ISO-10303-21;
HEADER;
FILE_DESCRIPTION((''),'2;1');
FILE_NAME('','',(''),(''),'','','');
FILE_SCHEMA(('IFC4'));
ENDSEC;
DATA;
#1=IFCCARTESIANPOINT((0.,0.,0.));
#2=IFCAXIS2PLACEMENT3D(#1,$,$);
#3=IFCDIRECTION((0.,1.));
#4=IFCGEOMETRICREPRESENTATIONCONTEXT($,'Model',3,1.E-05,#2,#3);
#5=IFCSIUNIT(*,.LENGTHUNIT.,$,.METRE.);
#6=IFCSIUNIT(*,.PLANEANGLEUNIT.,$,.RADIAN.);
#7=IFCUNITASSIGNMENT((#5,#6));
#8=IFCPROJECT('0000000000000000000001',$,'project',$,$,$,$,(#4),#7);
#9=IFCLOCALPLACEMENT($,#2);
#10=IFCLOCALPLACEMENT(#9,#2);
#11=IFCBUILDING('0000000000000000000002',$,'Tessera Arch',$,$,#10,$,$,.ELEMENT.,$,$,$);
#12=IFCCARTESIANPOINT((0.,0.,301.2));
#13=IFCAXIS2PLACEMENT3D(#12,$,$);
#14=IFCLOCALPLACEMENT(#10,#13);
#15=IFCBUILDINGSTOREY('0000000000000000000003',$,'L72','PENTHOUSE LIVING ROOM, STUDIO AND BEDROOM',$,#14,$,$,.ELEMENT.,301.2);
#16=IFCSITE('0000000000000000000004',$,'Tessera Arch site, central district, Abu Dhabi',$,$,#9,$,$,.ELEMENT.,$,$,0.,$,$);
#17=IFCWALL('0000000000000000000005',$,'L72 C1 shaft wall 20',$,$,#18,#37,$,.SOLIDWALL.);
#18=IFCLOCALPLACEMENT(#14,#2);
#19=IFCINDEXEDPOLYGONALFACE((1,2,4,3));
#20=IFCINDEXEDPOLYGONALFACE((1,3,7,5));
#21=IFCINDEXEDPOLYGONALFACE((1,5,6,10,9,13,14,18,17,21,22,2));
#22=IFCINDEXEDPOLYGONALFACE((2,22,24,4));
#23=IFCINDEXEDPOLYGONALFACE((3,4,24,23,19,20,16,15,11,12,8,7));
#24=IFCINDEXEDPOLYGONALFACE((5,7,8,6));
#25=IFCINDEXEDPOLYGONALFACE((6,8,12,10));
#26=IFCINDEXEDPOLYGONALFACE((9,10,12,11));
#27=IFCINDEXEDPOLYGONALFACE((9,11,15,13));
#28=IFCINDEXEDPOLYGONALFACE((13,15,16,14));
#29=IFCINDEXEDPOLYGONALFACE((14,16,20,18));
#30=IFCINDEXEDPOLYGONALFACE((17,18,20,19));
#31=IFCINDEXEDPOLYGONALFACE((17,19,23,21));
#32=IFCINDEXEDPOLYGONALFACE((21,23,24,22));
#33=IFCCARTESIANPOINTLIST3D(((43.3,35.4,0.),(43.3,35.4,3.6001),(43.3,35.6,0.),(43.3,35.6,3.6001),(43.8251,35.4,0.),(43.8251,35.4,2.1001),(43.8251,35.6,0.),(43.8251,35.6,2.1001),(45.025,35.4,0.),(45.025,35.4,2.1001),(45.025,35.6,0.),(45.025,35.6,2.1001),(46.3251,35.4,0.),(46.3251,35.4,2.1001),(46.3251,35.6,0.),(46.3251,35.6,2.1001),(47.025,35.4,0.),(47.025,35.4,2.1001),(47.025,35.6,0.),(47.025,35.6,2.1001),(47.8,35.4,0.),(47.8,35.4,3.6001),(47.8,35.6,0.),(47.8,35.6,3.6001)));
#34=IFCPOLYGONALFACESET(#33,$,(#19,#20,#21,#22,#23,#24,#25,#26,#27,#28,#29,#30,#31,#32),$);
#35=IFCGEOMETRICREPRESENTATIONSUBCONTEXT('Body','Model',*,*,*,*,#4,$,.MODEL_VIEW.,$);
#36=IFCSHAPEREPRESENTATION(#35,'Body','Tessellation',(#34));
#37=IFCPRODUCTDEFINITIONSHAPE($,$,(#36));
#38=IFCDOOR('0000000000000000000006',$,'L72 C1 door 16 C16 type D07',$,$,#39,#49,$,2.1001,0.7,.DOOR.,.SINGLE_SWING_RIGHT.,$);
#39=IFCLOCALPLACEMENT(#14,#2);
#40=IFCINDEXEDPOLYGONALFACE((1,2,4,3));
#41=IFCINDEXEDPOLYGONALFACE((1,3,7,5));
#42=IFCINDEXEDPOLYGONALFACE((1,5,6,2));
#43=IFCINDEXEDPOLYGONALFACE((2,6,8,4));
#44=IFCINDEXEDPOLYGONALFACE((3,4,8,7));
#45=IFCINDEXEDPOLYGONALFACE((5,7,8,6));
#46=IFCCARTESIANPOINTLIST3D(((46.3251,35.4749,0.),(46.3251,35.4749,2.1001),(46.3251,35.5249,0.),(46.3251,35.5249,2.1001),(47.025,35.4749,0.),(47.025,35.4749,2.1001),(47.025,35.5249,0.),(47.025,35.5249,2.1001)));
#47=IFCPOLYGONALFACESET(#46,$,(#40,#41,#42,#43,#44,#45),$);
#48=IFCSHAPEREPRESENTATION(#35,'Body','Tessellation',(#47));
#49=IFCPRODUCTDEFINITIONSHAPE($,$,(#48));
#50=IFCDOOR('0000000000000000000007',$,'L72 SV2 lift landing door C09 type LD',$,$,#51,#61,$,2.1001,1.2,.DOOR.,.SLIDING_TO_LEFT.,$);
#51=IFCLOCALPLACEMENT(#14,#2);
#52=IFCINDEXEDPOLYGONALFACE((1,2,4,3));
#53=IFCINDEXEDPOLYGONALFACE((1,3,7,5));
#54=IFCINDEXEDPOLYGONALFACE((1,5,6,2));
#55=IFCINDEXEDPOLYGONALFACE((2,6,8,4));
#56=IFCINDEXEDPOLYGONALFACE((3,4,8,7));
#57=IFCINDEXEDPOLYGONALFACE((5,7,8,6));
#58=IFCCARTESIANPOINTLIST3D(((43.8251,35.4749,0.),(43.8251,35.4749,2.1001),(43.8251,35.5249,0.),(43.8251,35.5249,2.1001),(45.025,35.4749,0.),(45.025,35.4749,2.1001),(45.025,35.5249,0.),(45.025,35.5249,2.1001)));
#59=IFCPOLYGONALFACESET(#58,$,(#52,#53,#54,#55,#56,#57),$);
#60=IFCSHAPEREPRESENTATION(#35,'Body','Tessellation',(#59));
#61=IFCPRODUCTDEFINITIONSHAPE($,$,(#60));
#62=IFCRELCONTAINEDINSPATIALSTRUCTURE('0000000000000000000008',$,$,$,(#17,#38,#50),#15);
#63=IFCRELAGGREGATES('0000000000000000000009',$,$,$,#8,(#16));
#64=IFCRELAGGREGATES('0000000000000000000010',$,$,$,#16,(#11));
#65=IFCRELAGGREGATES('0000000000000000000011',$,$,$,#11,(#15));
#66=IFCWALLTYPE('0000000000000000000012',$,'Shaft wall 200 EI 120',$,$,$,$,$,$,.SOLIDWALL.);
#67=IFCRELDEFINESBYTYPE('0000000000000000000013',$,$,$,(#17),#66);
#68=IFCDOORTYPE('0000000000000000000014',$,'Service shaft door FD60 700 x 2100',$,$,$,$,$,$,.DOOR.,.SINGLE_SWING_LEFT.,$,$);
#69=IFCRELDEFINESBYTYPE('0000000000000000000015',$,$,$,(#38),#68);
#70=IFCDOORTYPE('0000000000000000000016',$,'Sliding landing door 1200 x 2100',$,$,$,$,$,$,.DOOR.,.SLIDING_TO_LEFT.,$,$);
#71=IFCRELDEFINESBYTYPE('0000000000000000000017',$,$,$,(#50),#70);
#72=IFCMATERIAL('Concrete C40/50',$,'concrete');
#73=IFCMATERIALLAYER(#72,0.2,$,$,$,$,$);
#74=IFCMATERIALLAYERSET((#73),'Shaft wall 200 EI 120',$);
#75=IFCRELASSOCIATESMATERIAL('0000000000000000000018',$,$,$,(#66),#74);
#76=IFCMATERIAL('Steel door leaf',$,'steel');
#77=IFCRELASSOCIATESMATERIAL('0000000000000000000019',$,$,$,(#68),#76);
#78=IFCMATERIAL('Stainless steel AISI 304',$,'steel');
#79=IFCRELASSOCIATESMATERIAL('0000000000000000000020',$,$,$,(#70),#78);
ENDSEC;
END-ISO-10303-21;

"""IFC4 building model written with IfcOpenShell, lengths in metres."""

from ifc_helpers import new_model, si_unit, direction, frame, frame_2d, origin, place, context, subcontext, project, spatial, rectangle, extrude, material, layer, layer_set, type_object, element, fill, save


model = new_model("IFC4")

# Units and contexts
model_context = context("Model", 3, precision=1e-05, world=origin(), true_north=direction((0.0, 1.0)))
body_context = subcontext(model_context, "Body", "Model", "MODEL_VIEW")
ifc_project = project(units=[si_unit("LENGTHUNIT", "METRE"), si_unit("PLANEANGLEUNIT", "RADIAN")], contexts=[model_context])

# Site, building, storey
site_placement = place(None, origin())
site = spatial("IfcSite", under=ifc_project, at=site_placement, Name="Tessera Arch site, central district, Abu Dhabi", CompositionType="ELEMENT", RefElevation=0.0)
building_placement = place(site_placement, origin())
building = spatial("IfcBuilding", under=site, at=building_placement, Name="Tessera Arch", CompositionType="ELEMENT")
storey_placement = place(building_placement, frame((0.0, 0.0, 301.2)))
storey = spatial("IfcBuildingStorey", under=building, at=storey_placement, Name="L72", Description="PENTHOUSE LIVING ROOM, STUDIO AND BEDROOM", CompositionType="ELEMENT", Elevation=301.2)

# Shared definitions
ifc_material_1 = material(Name="Concrete C40/50", Category="concrete")
ifc_layer_1 = layer(ifc_material_1, 0.2)
ifc_layer_set_1 = layer_set([ifc_layer_1], Name="Shaft wall 200 EI 120")
wall_type_1 = type_object("IfcWallType", Name="Shaft wall 200 EI 120", PredefinedType="SOLIDWALL", material=ifc_layer_set_1)

# Wall, openings, doors
wall_1_placement = place(storey_placement, frame((43.3, 35.5, 0.0), z_axis=(0.0, 0.0, 1.0), x_axis=(1.0, 0.0, 0.0)))
wall_1 = element("IfcWall", 1, at=wall_1_placement, inside=storey, type_object=wall_type_1, Name="L72 C1 shaft wall 20", PredefinedType="SOLIDWALL", context=body_context, shape_type="SweptSolid", body=[
    extrude(rectangle(XDim=4.5, YDim=0.2, at=frame_2d((2.25, 0.0))), origin(), (0.0, 0.0, 1.0), 3.6001),
])
opening_1_placement = place(wall_1_placement, frame((0.5249, 0.0, 0.0)))
opening_1 = element("IfcOpeningElement", 2, at=opening_1_placement, cuts=wall_1, PredefinedType="OPENING", context=body_context, shape_type="SweptSolid", body=[
    extrude(rectangle(XDim=1.2, YDim=2.1001, at=frame_2d((0.6001, 1.05))), frame((0.0, 0.1099, 0.0), z_axis=(0.0, -1.0, 0.0), x_axis=(1.0, 0.0, 0.0)), (0.0, 0.0, 1.0), 0.22),
])
opening_2_placement = place(wall_1_placement, frame((3.0249, 0.0, 0.0)))
opening_2 = element("IfcOpeningElement", 3, at=opening_2_placement, cuts=wall_1, PredefinedType="OPENING", context=body_context, shape_type="SweptSolid", body=[
    extrude(rectangle(XDim=0.7, YDim=2.1001, at=frame_2d((0.3501, 1.05))), frame((0.0, 0.1099, 0.0), z_axis=(0.0, -1.0, 0.0), x_axis=(1.0, 0.0, 0.0)), (0.0, 0.0, 1.0), 0.22),
])
ifc_material_2 = material(Name="Steel door leaf", Category="steel")
door_type_1 = type_object("IfcDoorType", Name="Service shaft door FD60 700 x 2100", OperationType="SINGLE_SWING_LEFT", PredefinedType="DOOR", material=ifc_material_2)
door_1_placement = place(opening_2_placement, origin())
door_1 = element("IfcDoor", 4, at=door_1_placement, inside=storey, type_object=door_type_1, Name="L72 C1 door 16 C16 type D07", OperationType="SINGLE_SWING_RIGHT", OverallHeight=2.1001, OverallWidth=0.7, PredefinedType="DOOR", context=body_context, shape_type="SweptSolid", body=[
    extrude(rectangle(XDim=0.7, YDim=2.1001, at=frame_2d((0.3501, 1.05))), frame((0.0, 0.0249, 0.0), z_axis=(0.0, -1.0, 0.0), x_axis=(1.0, 0.0, 0.0)), (0.0, 0.0, 1.0), 0.05),
])
fill(opening_2, door_1)
ifc_material_3 = material(Name="Stainless steel AISI 304", Category="steel")
door_type_2 = type_object("IfcDoorType", Name="Sliding landing door 1200 x 2100", OperationType="SLIDING_TO_LEFT", PredefinedType="DOOR", material=ifc_material_3)
door_2_placement = place(opening_1_placement, origin())
door_2 = element("IfcDoor", 5, at=door_2_placement, inside=storey, type_object=door_type_2, Name="L72 SV2 lift landing door C09 type LD", OperationType="SLIDING_TO_LEFT", OverallHeight=2.1001, OverallWidth=1.2, PredefinedType="DOOR", context=body_context, shape_type="SweptSolid", body=[
    extrude(rectangle(XDim=1.2, YDim=2.1001, at=frame_2d((0.6001, 1.05))), frame((0.0, 0.0249, 0.0), z_axis=(0.0, -1.0, 0.0), x_axis=(1.0, 0.0, 0.0)), (0.0, 0.0, 1.0), 0.05),
])
fill(opening_1, door_2)

save(model, "model.ifc")
